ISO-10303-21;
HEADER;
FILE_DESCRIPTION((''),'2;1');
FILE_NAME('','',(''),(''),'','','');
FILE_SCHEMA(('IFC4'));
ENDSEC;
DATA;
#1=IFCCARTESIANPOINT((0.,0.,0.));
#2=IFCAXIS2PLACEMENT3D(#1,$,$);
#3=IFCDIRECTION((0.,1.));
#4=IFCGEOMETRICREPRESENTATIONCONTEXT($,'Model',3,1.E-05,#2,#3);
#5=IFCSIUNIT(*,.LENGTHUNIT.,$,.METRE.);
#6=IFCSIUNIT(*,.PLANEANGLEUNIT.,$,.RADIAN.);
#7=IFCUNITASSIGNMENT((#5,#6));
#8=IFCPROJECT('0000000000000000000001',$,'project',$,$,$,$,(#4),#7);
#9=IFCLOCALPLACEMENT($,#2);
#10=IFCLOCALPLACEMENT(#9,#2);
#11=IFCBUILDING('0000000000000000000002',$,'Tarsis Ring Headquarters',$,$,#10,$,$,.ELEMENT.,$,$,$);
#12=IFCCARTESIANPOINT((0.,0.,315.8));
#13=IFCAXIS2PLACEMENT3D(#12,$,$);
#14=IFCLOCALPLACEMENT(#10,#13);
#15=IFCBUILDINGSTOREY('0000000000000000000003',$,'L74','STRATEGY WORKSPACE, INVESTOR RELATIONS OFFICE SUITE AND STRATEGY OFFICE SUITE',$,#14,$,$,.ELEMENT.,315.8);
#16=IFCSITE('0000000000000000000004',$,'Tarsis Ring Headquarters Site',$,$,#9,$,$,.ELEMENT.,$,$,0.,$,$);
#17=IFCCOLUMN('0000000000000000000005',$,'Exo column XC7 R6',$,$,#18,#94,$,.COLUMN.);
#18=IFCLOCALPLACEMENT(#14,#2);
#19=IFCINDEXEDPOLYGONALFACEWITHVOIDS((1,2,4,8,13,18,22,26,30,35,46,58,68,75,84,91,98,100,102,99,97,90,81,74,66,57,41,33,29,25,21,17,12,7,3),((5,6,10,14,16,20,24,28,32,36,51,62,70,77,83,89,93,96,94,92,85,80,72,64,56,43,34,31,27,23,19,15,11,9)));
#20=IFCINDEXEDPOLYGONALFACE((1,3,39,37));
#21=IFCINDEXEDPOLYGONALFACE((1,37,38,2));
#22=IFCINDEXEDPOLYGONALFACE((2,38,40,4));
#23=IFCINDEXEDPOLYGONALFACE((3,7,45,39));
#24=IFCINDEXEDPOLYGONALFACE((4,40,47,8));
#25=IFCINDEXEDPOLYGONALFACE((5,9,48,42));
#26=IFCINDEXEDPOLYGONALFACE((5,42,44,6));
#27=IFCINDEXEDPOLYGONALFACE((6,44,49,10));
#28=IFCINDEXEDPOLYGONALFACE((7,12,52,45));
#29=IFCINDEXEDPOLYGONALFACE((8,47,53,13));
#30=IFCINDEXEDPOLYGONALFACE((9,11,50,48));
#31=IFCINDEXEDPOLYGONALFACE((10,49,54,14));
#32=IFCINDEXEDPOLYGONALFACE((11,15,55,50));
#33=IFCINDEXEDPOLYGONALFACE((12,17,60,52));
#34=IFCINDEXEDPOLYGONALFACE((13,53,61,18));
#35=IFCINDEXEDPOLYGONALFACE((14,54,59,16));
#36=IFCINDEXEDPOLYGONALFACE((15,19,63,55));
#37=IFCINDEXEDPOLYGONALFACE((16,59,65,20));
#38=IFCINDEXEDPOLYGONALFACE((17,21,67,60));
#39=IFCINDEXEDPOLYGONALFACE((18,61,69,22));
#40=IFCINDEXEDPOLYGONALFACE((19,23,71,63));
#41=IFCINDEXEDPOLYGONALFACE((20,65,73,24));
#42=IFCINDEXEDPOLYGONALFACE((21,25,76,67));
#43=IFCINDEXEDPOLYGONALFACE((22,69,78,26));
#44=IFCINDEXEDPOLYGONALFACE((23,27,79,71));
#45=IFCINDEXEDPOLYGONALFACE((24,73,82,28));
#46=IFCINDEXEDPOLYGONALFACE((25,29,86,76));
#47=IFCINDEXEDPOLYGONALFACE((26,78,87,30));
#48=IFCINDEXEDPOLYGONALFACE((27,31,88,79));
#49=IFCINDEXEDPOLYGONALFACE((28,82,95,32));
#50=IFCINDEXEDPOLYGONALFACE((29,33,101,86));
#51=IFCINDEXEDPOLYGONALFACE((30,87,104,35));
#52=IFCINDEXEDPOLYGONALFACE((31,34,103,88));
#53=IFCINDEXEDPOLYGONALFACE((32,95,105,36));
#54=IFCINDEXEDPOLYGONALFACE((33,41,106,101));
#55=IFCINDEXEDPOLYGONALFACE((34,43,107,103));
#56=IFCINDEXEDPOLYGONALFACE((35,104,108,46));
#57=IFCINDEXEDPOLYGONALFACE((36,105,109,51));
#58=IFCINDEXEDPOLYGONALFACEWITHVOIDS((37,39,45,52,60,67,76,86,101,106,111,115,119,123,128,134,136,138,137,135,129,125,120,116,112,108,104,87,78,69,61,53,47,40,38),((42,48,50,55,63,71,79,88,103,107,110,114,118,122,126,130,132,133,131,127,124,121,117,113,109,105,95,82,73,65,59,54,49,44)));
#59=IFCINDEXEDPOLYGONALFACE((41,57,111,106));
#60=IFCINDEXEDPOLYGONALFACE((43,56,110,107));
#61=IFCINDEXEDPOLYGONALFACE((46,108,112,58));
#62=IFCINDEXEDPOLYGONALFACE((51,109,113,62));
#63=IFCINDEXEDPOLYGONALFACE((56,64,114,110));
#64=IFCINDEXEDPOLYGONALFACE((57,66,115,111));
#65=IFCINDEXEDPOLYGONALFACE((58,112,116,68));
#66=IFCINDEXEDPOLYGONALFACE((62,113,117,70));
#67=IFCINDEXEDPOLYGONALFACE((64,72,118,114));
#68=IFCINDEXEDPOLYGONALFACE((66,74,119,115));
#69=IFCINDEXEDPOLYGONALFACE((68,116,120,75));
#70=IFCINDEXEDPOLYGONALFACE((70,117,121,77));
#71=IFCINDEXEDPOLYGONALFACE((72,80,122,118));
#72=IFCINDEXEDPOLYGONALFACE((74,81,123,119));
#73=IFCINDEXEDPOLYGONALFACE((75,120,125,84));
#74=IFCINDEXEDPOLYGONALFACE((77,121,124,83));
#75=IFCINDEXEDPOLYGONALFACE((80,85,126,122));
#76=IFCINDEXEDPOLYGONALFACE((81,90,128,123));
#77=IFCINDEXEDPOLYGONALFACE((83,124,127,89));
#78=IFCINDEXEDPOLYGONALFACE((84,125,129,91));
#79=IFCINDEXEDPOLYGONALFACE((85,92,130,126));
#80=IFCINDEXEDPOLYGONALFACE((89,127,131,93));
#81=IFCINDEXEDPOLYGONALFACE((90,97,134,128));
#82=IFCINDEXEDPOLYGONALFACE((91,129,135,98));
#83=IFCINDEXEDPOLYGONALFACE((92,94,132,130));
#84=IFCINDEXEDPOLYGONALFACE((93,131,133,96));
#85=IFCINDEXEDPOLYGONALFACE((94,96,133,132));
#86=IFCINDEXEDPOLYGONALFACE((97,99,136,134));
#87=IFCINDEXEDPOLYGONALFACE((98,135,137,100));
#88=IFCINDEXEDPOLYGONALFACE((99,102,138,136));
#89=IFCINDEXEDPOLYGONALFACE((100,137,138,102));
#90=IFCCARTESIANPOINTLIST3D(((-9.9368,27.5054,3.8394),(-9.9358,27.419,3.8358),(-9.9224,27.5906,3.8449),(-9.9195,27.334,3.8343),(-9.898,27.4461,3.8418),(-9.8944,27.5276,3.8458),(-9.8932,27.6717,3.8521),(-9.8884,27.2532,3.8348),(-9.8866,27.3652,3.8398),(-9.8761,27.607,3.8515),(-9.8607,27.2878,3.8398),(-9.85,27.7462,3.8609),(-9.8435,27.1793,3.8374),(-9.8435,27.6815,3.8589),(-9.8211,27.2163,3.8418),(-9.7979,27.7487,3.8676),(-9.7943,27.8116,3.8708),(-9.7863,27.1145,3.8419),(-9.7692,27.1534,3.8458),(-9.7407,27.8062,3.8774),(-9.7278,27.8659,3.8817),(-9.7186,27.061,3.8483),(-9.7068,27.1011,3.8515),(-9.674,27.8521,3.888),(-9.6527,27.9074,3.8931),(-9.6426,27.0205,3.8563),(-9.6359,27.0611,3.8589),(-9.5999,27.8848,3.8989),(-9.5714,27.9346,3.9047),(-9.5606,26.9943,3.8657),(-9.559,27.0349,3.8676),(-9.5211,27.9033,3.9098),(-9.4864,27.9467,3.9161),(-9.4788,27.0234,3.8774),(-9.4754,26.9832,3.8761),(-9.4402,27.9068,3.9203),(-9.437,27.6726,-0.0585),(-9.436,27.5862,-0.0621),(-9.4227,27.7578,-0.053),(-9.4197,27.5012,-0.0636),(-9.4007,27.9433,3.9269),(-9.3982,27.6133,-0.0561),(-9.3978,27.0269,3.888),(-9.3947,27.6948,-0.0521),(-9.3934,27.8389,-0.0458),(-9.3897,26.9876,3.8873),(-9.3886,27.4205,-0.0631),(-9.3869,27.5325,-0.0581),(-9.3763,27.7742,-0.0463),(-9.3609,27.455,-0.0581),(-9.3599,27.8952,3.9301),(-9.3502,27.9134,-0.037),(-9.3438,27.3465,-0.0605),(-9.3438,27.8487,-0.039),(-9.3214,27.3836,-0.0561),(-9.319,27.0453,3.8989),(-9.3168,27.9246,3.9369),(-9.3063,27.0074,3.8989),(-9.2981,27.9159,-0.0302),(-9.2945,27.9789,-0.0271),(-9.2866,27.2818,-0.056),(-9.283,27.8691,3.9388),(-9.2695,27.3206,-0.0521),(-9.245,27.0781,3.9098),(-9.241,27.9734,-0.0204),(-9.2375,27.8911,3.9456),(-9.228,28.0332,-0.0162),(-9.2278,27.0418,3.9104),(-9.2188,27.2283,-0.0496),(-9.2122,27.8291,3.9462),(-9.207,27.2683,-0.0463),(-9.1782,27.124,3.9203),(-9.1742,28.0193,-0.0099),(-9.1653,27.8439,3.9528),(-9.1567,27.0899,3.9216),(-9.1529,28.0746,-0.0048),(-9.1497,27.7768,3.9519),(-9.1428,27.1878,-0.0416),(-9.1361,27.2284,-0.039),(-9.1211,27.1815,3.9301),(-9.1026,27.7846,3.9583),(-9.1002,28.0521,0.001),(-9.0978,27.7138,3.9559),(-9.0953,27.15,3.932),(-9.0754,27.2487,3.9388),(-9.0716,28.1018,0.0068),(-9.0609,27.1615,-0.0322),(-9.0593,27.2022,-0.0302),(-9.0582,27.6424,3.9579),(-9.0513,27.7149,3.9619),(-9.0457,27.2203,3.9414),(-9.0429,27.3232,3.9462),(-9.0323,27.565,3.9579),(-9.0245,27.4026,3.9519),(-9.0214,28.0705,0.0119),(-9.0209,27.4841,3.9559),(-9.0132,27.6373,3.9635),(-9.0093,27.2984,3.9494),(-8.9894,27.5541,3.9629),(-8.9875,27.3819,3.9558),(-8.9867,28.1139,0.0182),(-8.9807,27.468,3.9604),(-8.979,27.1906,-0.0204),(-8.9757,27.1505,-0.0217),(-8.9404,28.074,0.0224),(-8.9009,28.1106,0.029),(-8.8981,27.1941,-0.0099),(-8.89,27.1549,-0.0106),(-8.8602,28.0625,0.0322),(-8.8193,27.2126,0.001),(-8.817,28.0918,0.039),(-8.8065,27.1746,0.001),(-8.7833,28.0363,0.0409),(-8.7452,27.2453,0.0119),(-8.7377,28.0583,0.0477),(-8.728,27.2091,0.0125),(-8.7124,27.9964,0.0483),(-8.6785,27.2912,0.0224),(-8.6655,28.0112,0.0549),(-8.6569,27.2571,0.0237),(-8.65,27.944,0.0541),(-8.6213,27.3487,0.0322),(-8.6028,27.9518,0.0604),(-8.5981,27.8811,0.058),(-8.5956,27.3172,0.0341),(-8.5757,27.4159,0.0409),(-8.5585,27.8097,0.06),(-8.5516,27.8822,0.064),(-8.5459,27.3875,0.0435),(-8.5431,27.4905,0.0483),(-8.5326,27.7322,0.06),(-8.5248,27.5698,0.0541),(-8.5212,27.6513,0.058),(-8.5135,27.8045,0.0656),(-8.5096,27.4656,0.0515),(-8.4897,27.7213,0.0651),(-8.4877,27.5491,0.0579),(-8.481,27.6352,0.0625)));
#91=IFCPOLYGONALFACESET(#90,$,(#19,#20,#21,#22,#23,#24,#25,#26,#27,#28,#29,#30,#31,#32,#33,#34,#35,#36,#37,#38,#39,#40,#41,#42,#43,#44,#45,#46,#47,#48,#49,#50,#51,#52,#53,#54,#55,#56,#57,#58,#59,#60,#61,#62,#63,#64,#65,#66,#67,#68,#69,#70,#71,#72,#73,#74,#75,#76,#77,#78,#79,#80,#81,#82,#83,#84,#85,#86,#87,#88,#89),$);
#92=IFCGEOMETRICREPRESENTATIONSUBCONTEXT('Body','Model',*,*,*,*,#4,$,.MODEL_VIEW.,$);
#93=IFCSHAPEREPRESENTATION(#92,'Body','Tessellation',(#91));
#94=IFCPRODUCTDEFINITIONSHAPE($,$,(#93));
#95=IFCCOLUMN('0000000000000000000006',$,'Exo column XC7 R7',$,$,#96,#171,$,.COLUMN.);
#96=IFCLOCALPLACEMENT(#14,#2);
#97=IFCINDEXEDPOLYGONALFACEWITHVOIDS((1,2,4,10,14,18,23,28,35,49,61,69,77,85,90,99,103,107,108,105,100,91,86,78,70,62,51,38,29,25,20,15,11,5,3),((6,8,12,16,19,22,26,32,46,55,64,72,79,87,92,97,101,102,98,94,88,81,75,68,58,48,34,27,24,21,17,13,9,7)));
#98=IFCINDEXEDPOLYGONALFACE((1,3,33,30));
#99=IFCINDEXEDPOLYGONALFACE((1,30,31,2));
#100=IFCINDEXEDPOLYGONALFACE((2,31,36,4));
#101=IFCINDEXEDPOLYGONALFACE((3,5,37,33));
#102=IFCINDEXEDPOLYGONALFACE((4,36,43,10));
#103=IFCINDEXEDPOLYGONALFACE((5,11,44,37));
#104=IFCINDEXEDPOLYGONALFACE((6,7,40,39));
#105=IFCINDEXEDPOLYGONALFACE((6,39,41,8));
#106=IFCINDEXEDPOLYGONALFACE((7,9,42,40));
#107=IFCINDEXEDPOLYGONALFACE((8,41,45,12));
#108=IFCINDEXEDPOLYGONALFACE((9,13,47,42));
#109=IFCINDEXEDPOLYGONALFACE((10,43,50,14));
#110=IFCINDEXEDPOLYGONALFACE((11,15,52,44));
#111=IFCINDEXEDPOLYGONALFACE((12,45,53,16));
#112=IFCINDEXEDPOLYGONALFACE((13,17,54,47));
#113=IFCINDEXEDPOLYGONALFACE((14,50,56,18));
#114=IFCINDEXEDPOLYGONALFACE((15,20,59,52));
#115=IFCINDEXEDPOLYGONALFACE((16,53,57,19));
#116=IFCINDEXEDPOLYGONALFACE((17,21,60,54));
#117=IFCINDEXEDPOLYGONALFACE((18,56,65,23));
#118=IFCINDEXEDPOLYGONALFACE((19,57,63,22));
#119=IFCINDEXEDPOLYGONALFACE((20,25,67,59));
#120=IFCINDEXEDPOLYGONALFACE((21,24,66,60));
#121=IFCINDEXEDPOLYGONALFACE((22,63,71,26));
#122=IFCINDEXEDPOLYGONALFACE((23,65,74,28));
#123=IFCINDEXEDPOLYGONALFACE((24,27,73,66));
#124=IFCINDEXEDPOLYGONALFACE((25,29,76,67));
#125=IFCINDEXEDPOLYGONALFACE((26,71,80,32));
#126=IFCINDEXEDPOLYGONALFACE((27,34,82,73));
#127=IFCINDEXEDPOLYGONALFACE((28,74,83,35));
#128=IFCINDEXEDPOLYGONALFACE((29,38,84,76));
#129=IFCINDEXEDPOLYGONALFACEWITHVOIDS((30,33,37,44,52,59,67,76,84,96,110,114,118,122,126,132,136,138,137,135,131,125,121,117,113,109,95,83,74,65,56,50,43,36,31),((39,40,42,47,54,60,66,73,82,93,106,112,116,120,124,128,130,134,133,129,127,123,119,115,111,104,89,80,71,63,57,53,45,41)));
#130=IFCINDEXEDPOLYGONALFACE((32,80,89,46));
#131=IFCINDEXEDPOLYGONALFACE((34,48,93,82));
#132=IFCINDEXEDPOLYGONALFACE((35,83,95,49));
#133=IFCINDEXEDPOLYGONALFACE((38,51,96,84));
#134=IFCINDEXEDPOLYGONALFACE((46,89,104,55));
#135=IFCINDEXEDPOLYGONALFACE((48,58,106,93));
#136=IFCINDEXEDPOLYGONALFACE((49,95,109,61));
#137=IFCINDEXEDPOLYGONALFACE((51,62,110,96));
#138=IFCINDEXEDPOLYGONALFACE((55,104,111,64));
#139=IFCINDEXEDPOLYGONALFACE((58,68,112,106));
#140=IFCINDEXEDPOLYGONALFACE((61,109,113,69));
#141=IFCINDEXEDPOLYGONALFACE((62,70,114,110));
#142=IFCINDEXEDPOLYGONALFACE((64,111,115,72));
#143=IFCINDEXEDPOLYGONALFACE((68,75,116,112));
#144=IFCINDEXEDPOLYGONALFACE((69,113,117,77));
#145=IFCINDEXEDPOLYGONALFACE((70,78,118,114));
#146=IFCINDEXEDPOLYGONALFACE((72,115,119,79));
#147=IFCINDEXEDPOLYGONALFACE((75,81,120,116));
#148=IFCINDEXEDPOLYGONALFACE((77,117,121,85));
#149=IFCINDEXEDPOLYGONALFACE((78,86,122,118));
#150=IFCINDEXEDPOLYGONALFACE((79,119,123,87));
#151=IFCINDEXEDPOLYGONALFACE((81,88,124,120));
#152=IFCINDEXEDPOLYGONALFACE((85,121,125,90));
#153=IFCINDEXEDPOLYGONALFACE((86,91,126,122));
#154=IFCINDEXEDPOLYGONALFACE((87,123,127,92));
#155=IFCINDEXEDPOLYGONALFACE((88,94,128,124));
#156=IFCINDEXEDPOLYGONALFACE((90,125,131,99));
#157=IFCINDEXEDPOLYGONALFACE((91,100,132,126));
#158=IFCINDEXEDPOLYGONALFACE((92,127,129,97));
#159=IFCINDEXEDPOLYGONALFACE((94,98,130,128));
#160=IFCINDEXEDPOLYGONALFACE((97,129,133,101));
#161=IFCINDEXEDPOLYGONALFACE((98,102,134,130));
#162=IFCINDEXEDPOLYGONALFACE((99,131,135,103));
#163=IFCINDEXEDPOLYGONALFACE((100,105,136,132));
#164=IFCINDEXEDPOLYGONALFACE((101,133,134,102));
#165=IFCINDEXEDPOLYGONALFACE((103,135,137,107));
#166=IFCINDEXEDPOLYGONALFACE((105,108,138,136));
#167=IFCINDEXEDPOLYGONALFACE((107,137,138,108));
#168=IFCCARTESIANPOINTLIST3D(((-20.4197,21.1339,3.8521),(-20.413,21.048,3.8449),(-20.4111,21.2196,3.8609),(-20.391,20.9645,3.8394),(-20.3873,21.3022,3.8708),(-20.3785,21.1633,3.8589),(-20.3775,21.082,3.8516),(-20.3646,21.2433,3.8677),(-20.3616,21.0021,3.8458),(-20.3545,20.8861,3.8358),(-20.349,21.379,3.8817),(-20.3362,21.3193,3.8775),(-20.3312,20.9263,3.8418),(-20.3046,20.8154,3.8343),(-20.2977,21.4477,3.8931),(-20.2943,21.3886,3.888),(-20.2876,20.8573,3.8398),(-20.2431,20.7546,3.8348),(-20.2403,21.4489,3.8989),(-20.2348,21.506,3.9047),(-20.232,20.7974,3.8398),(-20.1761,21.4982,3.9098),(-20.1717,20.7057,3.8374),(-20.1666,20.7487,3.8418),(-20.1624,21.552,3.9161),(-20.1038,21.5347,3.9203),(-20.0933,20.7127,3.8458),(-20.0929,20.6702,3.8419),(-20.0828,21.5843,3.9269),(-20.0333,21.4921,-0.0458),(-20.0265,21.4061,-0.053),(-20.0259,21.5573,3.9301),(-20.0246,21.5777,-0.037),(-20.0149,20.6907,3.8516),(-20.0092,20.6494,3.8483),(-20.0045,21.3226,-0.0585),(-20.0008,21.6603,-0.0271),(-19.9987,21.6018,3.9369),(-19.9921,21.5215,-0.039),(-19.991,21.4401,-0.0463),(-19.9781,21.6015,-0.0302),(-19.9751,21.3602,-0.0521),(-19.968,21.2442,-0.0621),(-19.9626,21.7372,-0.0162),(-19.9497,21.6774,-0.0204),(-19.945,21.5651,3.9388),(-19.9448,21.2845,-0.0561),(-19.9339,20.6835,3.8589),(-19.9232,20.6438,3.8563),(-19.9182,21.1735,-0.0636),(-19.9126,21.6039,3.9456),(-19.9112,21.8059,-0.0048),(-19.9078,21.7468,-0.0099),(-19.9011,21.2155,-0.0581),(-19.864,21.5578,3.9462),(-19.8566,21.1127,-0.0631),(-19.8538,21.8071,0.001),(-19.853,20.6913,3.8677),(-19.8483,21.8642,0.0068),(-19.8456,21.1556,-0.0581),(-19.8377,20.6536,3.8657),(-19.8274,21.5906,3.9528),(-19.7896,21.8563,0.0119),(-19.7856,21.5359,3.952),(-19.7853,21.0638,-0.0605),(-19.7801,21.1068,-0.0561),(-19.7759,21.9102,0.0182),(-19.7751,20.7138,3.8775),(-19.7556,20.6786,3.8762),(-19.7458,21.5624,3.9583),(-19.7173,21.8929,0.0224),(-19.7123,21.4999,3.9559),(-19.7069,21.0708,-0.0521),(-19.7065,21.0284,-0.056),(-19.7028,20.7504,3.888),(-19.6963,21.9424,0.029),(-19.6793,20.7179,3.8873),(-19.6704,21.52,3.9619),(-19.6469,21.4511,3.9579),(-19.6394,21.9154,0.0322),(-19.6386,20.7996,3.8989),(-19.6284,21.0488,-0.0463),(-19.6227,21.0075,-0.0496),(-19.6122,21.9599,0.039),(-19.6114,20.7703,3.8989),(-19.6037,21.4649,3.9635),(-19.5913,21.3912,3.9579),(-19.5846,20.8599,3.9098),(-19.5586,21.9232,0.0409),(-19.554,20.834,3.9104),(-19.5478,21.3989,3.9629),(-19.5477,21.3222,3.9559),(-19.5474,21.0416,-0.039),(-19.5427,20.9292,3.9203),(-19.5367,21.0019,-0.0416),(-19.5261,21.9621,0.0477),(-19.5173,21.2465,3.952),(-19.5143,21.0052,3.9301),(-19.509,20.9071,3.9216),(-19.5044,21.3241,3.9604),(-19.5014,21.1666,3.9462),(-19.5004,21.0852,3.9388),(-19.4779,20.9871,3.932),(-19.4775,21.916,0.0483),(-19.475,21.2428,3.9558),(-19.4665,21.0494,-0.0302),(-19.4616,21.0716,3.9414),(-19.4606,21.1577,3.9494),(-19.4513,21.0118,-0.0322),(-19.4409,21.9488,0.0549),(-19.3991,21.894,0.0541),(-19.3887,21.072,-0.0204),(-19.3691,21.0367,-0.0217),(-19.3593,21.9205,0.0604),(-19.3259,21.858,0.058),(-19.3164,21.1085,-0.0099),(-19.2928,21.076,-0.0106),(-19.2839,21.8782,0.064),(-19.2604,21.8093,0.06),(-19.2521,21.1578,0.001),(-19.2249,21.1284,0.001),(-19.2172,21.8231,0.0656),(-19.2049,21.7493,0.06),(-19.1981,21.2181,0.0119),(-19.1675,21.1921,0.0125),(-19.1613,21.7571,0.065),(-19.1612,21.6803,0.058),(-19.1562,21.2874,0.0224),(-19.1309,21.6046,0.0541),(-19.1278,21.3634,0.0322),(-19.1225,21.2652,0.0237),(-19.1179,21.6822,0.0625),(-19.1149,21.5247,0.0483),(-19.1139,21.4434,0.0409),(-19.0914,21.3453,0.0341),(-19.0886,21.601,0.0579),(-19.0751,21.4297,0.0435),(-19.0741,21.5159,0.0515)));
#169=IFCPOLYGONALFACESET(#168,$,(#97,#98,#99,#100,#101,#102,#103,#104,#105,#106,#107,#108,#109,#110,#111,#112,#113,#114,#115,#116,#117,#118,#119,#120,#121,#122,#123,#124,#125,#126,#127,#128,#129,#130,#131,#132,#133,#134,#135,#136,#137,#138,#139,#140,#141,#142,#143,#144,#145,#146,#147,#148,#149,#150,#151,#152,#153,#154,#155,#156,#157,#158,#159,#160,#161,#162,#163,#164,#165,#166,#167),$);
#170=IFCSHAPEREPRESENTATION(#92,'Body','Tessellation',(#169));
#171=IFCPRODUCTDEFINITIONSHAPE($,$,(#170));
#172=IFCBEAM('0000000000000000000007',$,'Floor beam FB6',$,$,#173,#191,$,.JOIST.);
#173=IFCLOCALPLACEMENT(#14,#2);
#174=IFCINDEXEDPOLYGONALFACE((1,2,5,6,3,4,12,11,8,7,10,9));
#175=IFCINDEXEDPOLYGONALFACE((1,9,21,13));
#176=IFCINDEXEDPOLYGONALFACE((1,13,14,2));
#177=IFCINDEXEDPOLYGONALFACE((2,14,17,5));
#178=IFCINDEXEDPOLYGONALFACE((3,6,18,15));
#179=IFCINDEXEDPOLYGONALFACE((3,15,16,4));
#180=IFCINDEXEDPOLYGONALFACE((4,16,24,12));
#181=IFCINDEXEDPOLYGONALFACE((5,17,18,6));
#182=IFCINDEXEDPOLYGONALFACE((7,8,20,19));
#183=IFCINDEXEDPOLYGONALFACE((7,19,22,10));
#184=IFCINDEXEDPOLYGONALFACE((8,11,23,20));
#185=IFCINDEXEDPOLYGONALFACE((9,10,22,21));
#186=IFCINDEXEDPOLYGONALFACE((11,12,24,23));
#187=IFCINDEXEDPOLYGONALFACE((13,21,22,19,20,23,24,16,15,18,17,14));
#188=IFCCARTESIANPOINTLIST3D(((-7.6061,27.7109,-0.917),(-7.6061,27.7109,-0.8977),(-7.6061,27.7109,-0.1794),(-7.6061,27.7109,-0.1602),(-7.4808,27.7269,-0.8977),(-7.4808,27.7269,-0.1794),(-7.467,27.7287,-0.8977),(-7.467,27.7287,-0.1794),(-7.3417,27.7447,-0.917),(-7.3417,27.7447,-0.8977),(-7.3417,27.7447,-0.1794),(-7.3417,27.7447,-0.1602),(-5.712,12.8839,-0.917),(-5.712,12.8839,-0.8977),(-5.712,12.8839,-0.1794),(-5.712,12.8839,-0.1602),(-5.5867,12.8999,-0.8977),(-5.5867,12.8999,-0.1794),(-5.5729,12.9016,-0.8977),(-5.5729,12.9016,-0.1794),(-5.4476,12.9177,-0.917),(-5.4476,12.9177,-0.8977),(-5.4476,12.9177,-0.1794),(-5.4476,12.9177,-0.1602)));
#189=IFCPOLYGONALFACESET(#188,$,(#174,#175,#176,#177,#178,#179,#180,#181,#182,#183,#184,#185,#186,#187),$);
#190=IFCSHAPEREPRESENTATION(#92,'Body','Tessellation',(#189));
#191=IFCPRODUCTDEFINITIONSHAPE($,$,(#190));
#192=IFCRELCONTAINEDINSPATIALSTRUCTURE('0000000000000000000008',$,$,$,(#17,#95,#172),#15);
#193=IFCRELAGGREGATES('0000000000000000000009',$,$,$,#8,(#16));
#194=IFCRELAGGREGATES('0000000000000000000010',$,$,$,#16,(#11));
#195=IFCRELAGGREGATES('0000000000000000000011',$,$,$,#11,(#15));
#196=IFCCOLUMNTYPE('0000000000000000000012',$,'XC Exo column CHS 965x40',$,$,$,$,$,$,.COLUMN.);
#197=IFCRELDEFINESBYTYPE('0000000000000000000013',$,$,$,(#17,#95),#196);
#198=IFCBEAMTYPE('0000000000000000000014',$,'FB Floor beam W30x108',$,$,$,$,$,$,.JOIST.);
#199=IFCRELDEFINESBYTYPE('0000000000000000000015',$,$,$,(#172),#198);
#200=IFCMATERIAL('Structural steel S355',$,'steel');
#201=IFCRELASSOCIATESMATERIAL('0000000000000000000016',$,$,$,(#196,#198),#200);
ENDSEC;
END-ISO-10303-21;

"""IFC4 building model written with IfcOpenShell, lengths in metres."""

from ifc_helpers import new_model, si_unit, direction, frame, origin, origin_2d, place, context, subcontext, project, spatial, hollow_circle, i_section, extrude, material, material_profile, profile_set, type_object, element, save


model = new_model("IFC4")

# Units and contexts
model_context = context("Model", 3, precision=1e-05, world=origin(), true_north=direction((0.0, 1.0)))
body_context = subcontext(model_context, "Body", "Model", "MODEL_VIEW")
ifc_project = project(units=[si_unit("LENGTHUNIT", "METRE"), si_unit("PLANEANGLEUNIT", "RADIAN")], contexts=[model_context])

# Site, building, storey
site_placement = place(None, origin())
site = spatial("IfcSite", under=ifc_project, at=site_placement, Name="Tarsis Ring Headquarters Site", CompositionType="ELEMENT", RefElevation=0.0)
building_placement = place(site_placement, origin())
building = spatial("IfcBuilding", under=site, at=building_placement, Name="Tarsis Ring Headquarters", CompositionType="ELEMENT")
storey_placement = place(building_placement, frame((0.0, 0.0, 315.8)))
storey = spatial("IfcBuildingStorey", under=building, at=storey_placement, Name="L74", Description="STRATEGY WORKSPACE, INVESTOR RELATIONS OFFICE SUITE AND STRATEGY OFFICE SUITE", CompositionType="ELEMENT", Elevation=315.8)

# Columns
ifc_material_1 = material(Name="Structural steel S355", Category="steel")
ifc_material_profile_1 = material_profile(ifc_material_1, hollow_circle(Radius=0.4827, WallThickness=0.04, at=origin_2d()), Name="CHS 965x40")
ifc_profile_set_1 = profile_set([ifc_material_profile_1], Name="Structural steel S355")
column_type = type_object("IfcColumnType", Name="XC Exo column CHS 965x40", PredefinedType="COLUMN", material=ifc_profile_set_1)
for number, where, z_axis, x_axis, name in (
    (1, (-8.9597, 27.6323, 0.001), (-0.127054, -0.042517, 0.990984), (0.317339, -0.948312, 0.0), "Exo column XC7 R6"),
    (2, (-19.553, 21.4824, 0.001), (-0.098255, -0.091055, 0.990987), (0.679722, -0.73347, 0.0), "Exo column XC7 R7"),
):
    element("IfcColumn", number, at=place(storey_placement, frame(where, z_axis=z_axis, x_axis=x_axis)), inside=storey, type_object=column_type, Name=name, PredefinedType="COLUMN", context=body_context, shape_type="SweptSolid", body=[
        extrude(hollow_circle(Radius=0.4827, WallThickness=0.04, at=origin_2d()), origin(), (0.0, 0.0, 1.0), 3.9333),
    ])

# Beam
ifc_material_profile_2 = material_profile(ifc_material_1, i_section(OverallWidth=0.2666, OverallDepth=0.7568, WebThickness=0.0139, FlangeThickness=0.0193, at=origin_2d()), Name="W30x108")
ifc_profile_set_2 = profile_set([ifc_material_profile_2], Name="Structural steel S355")
beam_type_1 = type_object("IfcBeamType", Name="FB Floor beam W30x108", PredefinedType="JOIST", material=ifc_profile_set_2)
beam_1_placement = place(storey_placement, frame((-7.4739, 27.7278, -0.5386), z_axis=(0.126714, -0.991939, 0.0), x_axis=(0.991939, 0.126714, 0.0)))
element("IfcBeam", 3, at=beam_1_placement, inside=storey, type_object=beam_type_1, Name="Floor beam FB6", PredefinedType="JOIST", context=body_context, shape_type="SweptSolid", body=[
    extrude(i_section(OverallWidth=0.2666, OverallDepth=0.7568, WebThickness=0.0139, FlangeThickness=0.0193, at=origin_2d()), origin(), (0.0, 0.0, 1.0), 14.9475),
])

save(model, "model.ifc")
